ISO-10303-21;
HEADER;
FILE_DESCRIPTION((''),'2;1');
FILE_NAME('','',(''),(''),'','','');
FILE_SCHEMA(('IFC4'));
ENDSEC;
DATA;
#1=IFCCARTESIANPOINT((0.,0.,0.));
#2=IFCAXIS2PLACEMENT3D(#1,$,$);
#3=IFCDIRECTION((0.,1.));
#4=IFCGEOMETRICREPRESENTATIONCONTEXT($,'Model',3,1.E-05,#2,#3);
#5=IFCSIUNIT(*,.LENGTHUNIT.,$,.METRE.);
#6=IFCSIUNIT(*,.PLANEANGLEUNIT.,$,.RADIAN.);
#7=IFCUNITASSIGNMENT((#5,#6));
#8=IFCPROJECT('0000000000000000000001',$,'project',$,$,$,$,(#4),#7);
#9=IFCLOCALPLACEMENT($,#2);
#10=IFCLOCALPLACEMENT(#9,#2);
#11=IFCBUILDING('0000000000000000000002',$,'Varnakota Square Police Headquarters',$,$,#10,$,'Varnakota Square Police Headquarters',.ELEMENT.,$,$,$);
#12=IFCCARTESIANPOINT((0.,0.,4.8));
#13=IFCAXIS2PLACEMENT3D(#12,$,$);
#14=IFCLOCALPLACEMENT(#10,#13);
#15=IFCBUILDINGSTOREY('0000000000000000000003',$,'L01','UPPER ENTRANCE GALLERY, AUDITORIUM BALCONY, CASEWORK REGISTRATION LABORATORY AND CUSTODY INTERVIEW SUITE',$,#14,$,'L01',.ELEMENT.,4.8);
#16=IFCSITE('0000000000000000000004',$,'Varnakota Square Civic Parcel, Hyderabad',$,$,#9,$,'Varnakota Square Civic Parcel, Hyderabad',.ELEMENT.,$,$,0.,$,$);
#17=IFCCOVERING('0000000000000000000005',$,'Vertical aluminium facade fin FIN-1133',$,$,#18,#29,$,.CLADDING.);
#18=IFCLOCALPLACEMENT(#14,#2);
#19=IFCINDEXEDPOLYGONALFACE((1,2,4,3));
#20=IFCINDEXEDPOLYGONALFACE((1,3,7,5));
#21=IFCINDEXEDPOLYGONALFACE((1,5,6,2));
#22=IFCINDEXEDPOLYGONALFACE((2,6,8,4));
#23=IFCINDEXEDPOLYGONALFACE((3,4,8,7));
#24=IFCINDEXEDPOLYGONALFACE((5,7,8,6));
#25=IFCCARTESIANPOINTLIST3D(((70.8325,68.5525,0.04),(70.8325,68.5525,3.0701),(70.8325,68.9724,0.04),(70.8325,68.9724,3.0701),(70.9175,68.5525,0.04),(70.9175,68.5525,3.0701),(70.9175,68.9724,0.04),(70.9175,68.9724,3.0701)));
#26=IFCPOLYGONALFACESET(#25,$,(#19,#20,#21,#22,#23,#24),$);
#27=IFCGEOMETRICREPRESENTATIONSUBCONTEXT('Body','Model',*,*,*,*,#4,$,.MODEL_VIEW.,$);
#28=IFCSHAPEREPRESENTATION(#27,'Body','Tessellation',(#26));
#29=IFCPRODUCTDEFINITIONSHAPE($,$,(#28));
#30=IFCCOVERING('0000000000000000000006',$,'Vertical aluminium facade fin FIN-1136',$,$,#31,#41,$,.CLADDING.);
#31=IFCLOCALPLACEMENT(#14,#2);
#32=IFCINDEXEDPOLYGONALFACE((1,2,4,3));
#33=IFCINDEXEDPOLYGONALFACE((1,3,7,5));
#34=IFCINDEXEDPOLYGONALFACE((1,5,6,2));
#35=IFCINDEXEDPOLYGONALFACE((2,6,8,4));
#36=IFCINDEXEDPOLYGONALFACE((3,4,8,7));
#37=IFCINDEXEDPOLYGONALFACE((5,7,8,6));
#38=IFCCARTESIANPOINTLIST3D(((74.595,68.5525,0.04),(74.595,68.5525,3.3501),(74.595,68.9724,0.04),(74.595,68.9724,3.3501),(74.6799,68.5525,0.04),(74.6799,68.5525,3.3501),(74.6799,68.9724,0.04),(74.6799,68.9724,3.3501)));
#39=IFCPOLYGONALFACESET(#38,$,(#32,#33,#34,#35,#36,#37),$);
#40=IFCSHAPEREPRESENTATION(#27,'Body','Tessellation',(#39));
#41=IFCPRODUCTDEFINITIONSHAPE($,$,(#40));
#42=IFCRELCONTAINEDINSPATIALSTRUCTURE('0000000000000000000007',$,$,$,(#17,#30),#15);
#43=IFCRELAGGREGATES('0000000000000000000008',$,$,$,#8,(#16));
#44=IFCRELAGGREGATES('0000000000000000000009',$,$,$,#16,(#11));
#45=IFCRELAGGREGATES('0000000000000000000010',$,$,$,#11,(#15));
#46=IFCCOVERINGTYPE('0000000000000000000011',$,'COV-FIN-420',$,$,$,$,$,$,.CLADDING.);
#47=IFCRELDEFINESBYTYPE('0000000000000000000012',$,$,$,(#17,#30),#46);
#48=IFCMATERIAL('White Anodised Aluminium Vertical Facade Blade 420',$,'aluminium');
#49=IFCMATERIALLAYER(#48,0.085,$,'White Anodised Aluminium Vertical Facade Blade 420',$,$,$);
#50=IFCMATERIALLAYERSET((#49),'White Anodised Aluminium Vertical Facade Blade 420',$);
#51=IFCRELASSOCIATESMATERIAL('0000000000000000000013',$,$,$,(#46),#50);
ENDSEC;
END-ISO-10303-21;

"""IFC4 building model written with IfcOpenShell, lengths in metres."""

from ifc_helpers import new_model, si_unit, direction, frame, origin, origin_2d, place, context, subcontext, project, spatial, rectangle, extrude, material, layer, layer_set, type_object, element, save


model = new_model("IFC4")

# Units and contexts
model_context = context("Model", 3, precision=1e-05, world=origin(), true_north=direction((0.0, 1.0)))
body_context = subcontext(model_context, "Body", "Model", "MODEL_VIEW")
ifc_project = project(units=[si_unit("LENGTHUNIT", "METRE"), si_unit("PLANEANGLEUNIT", "RADIAN")], contexts=[model_context])

# Site, building, storey
site_placement = place(None, origin())
site = spatial("IfcSite", under=ifc_project, at=site_placement, Name="Varnakota Square Civic Parcel, Hyderabad", LongName="Varnakota Square Civic Parcel, Hyderabad", CompositionType="ELEMENT", RefElevation=0.0)
building_placement = place(site_placement, origin())
building = spatial("IfcBuilding", under=site, at=building_placement, Name="Varnakota Square Police Headquarters", LongName="Varnakota Square Police Headquarters", CompositionType="ELEMENT")
storey_placement = place(building_placement, frame((0.0, 0.0, 4.8)))
storey = spatial("IfcBuildingStorey", under=building, at=storey_placement, Name="L01", Description="UPPER ENTRANCE GALLERY, AUDITORIUM BALCONY, CASEWORK REGISTRATION LABORATORY AND CUSTODY INTERVIEW SUITE", LongName="L01", CompositionType="ELEMENT", Elevation=4.8)

# Coverings
ifc_material_1 = material(Name="White Anodised Aluminium Vertical Facade Blade 420", Category="aluminium")
ifc_layer_1 = layer(ifc_material_1, 0.085, Name="White Anodised Aluminium Vertical Facade Blade 420")
ifc_layer_set_1 = layer_set([ifc_layer_1], Name="White Anodised Aluminium Vertical Facade Blade 420")
covering_type = type_object("IfcCoveringType", Name="COV-FIN-420", PredefinedType="CLADDING", material=ifc_layer_set_1)
covering_1_placement = place(storey_placement, frame((70.875, 68.7625, 0.04), z_axis=(0.0, 0.0, 1.0), x_axis=(1.0, 0.0, 0.0)))
element("IfcCovering", 1, at=covering_1_placement, inside=storey, type_object=covering_type, Name="Vertical aluminium facade fin FIN-1133", PredefinedType="CLADDING", context=body_context, shape_type="SweptSolid", body=[
    extrude(rectangle(XDim=0.085, YDim=0.4199, at=origin_2d()), origin(), (0.0, 0.0, 1.0), 3.03),
])
covering_2_placement = place(storey_placement, frame((74.6375, 68.7625, 0.04), z_axis=(0.0, 0.0, 1.0), x_axis=(1.0, 0.0, 0.0)))
element("IfcCovering", 2, at=covering_2_placement, inside=storey, type_object=covering_type, Name="Vertical aluminium facade fin FIN-1136", PredefinedType="CLADDING", context=body_context, shape_type="SweptSolid", body=[
    extrude(rectangle(XDim=0.085, YDim=0.4199, at=origin_2d()), origin(), (0.0, 0.0, 1.0), 3.3101),
])

save(model, "model.ifc")
